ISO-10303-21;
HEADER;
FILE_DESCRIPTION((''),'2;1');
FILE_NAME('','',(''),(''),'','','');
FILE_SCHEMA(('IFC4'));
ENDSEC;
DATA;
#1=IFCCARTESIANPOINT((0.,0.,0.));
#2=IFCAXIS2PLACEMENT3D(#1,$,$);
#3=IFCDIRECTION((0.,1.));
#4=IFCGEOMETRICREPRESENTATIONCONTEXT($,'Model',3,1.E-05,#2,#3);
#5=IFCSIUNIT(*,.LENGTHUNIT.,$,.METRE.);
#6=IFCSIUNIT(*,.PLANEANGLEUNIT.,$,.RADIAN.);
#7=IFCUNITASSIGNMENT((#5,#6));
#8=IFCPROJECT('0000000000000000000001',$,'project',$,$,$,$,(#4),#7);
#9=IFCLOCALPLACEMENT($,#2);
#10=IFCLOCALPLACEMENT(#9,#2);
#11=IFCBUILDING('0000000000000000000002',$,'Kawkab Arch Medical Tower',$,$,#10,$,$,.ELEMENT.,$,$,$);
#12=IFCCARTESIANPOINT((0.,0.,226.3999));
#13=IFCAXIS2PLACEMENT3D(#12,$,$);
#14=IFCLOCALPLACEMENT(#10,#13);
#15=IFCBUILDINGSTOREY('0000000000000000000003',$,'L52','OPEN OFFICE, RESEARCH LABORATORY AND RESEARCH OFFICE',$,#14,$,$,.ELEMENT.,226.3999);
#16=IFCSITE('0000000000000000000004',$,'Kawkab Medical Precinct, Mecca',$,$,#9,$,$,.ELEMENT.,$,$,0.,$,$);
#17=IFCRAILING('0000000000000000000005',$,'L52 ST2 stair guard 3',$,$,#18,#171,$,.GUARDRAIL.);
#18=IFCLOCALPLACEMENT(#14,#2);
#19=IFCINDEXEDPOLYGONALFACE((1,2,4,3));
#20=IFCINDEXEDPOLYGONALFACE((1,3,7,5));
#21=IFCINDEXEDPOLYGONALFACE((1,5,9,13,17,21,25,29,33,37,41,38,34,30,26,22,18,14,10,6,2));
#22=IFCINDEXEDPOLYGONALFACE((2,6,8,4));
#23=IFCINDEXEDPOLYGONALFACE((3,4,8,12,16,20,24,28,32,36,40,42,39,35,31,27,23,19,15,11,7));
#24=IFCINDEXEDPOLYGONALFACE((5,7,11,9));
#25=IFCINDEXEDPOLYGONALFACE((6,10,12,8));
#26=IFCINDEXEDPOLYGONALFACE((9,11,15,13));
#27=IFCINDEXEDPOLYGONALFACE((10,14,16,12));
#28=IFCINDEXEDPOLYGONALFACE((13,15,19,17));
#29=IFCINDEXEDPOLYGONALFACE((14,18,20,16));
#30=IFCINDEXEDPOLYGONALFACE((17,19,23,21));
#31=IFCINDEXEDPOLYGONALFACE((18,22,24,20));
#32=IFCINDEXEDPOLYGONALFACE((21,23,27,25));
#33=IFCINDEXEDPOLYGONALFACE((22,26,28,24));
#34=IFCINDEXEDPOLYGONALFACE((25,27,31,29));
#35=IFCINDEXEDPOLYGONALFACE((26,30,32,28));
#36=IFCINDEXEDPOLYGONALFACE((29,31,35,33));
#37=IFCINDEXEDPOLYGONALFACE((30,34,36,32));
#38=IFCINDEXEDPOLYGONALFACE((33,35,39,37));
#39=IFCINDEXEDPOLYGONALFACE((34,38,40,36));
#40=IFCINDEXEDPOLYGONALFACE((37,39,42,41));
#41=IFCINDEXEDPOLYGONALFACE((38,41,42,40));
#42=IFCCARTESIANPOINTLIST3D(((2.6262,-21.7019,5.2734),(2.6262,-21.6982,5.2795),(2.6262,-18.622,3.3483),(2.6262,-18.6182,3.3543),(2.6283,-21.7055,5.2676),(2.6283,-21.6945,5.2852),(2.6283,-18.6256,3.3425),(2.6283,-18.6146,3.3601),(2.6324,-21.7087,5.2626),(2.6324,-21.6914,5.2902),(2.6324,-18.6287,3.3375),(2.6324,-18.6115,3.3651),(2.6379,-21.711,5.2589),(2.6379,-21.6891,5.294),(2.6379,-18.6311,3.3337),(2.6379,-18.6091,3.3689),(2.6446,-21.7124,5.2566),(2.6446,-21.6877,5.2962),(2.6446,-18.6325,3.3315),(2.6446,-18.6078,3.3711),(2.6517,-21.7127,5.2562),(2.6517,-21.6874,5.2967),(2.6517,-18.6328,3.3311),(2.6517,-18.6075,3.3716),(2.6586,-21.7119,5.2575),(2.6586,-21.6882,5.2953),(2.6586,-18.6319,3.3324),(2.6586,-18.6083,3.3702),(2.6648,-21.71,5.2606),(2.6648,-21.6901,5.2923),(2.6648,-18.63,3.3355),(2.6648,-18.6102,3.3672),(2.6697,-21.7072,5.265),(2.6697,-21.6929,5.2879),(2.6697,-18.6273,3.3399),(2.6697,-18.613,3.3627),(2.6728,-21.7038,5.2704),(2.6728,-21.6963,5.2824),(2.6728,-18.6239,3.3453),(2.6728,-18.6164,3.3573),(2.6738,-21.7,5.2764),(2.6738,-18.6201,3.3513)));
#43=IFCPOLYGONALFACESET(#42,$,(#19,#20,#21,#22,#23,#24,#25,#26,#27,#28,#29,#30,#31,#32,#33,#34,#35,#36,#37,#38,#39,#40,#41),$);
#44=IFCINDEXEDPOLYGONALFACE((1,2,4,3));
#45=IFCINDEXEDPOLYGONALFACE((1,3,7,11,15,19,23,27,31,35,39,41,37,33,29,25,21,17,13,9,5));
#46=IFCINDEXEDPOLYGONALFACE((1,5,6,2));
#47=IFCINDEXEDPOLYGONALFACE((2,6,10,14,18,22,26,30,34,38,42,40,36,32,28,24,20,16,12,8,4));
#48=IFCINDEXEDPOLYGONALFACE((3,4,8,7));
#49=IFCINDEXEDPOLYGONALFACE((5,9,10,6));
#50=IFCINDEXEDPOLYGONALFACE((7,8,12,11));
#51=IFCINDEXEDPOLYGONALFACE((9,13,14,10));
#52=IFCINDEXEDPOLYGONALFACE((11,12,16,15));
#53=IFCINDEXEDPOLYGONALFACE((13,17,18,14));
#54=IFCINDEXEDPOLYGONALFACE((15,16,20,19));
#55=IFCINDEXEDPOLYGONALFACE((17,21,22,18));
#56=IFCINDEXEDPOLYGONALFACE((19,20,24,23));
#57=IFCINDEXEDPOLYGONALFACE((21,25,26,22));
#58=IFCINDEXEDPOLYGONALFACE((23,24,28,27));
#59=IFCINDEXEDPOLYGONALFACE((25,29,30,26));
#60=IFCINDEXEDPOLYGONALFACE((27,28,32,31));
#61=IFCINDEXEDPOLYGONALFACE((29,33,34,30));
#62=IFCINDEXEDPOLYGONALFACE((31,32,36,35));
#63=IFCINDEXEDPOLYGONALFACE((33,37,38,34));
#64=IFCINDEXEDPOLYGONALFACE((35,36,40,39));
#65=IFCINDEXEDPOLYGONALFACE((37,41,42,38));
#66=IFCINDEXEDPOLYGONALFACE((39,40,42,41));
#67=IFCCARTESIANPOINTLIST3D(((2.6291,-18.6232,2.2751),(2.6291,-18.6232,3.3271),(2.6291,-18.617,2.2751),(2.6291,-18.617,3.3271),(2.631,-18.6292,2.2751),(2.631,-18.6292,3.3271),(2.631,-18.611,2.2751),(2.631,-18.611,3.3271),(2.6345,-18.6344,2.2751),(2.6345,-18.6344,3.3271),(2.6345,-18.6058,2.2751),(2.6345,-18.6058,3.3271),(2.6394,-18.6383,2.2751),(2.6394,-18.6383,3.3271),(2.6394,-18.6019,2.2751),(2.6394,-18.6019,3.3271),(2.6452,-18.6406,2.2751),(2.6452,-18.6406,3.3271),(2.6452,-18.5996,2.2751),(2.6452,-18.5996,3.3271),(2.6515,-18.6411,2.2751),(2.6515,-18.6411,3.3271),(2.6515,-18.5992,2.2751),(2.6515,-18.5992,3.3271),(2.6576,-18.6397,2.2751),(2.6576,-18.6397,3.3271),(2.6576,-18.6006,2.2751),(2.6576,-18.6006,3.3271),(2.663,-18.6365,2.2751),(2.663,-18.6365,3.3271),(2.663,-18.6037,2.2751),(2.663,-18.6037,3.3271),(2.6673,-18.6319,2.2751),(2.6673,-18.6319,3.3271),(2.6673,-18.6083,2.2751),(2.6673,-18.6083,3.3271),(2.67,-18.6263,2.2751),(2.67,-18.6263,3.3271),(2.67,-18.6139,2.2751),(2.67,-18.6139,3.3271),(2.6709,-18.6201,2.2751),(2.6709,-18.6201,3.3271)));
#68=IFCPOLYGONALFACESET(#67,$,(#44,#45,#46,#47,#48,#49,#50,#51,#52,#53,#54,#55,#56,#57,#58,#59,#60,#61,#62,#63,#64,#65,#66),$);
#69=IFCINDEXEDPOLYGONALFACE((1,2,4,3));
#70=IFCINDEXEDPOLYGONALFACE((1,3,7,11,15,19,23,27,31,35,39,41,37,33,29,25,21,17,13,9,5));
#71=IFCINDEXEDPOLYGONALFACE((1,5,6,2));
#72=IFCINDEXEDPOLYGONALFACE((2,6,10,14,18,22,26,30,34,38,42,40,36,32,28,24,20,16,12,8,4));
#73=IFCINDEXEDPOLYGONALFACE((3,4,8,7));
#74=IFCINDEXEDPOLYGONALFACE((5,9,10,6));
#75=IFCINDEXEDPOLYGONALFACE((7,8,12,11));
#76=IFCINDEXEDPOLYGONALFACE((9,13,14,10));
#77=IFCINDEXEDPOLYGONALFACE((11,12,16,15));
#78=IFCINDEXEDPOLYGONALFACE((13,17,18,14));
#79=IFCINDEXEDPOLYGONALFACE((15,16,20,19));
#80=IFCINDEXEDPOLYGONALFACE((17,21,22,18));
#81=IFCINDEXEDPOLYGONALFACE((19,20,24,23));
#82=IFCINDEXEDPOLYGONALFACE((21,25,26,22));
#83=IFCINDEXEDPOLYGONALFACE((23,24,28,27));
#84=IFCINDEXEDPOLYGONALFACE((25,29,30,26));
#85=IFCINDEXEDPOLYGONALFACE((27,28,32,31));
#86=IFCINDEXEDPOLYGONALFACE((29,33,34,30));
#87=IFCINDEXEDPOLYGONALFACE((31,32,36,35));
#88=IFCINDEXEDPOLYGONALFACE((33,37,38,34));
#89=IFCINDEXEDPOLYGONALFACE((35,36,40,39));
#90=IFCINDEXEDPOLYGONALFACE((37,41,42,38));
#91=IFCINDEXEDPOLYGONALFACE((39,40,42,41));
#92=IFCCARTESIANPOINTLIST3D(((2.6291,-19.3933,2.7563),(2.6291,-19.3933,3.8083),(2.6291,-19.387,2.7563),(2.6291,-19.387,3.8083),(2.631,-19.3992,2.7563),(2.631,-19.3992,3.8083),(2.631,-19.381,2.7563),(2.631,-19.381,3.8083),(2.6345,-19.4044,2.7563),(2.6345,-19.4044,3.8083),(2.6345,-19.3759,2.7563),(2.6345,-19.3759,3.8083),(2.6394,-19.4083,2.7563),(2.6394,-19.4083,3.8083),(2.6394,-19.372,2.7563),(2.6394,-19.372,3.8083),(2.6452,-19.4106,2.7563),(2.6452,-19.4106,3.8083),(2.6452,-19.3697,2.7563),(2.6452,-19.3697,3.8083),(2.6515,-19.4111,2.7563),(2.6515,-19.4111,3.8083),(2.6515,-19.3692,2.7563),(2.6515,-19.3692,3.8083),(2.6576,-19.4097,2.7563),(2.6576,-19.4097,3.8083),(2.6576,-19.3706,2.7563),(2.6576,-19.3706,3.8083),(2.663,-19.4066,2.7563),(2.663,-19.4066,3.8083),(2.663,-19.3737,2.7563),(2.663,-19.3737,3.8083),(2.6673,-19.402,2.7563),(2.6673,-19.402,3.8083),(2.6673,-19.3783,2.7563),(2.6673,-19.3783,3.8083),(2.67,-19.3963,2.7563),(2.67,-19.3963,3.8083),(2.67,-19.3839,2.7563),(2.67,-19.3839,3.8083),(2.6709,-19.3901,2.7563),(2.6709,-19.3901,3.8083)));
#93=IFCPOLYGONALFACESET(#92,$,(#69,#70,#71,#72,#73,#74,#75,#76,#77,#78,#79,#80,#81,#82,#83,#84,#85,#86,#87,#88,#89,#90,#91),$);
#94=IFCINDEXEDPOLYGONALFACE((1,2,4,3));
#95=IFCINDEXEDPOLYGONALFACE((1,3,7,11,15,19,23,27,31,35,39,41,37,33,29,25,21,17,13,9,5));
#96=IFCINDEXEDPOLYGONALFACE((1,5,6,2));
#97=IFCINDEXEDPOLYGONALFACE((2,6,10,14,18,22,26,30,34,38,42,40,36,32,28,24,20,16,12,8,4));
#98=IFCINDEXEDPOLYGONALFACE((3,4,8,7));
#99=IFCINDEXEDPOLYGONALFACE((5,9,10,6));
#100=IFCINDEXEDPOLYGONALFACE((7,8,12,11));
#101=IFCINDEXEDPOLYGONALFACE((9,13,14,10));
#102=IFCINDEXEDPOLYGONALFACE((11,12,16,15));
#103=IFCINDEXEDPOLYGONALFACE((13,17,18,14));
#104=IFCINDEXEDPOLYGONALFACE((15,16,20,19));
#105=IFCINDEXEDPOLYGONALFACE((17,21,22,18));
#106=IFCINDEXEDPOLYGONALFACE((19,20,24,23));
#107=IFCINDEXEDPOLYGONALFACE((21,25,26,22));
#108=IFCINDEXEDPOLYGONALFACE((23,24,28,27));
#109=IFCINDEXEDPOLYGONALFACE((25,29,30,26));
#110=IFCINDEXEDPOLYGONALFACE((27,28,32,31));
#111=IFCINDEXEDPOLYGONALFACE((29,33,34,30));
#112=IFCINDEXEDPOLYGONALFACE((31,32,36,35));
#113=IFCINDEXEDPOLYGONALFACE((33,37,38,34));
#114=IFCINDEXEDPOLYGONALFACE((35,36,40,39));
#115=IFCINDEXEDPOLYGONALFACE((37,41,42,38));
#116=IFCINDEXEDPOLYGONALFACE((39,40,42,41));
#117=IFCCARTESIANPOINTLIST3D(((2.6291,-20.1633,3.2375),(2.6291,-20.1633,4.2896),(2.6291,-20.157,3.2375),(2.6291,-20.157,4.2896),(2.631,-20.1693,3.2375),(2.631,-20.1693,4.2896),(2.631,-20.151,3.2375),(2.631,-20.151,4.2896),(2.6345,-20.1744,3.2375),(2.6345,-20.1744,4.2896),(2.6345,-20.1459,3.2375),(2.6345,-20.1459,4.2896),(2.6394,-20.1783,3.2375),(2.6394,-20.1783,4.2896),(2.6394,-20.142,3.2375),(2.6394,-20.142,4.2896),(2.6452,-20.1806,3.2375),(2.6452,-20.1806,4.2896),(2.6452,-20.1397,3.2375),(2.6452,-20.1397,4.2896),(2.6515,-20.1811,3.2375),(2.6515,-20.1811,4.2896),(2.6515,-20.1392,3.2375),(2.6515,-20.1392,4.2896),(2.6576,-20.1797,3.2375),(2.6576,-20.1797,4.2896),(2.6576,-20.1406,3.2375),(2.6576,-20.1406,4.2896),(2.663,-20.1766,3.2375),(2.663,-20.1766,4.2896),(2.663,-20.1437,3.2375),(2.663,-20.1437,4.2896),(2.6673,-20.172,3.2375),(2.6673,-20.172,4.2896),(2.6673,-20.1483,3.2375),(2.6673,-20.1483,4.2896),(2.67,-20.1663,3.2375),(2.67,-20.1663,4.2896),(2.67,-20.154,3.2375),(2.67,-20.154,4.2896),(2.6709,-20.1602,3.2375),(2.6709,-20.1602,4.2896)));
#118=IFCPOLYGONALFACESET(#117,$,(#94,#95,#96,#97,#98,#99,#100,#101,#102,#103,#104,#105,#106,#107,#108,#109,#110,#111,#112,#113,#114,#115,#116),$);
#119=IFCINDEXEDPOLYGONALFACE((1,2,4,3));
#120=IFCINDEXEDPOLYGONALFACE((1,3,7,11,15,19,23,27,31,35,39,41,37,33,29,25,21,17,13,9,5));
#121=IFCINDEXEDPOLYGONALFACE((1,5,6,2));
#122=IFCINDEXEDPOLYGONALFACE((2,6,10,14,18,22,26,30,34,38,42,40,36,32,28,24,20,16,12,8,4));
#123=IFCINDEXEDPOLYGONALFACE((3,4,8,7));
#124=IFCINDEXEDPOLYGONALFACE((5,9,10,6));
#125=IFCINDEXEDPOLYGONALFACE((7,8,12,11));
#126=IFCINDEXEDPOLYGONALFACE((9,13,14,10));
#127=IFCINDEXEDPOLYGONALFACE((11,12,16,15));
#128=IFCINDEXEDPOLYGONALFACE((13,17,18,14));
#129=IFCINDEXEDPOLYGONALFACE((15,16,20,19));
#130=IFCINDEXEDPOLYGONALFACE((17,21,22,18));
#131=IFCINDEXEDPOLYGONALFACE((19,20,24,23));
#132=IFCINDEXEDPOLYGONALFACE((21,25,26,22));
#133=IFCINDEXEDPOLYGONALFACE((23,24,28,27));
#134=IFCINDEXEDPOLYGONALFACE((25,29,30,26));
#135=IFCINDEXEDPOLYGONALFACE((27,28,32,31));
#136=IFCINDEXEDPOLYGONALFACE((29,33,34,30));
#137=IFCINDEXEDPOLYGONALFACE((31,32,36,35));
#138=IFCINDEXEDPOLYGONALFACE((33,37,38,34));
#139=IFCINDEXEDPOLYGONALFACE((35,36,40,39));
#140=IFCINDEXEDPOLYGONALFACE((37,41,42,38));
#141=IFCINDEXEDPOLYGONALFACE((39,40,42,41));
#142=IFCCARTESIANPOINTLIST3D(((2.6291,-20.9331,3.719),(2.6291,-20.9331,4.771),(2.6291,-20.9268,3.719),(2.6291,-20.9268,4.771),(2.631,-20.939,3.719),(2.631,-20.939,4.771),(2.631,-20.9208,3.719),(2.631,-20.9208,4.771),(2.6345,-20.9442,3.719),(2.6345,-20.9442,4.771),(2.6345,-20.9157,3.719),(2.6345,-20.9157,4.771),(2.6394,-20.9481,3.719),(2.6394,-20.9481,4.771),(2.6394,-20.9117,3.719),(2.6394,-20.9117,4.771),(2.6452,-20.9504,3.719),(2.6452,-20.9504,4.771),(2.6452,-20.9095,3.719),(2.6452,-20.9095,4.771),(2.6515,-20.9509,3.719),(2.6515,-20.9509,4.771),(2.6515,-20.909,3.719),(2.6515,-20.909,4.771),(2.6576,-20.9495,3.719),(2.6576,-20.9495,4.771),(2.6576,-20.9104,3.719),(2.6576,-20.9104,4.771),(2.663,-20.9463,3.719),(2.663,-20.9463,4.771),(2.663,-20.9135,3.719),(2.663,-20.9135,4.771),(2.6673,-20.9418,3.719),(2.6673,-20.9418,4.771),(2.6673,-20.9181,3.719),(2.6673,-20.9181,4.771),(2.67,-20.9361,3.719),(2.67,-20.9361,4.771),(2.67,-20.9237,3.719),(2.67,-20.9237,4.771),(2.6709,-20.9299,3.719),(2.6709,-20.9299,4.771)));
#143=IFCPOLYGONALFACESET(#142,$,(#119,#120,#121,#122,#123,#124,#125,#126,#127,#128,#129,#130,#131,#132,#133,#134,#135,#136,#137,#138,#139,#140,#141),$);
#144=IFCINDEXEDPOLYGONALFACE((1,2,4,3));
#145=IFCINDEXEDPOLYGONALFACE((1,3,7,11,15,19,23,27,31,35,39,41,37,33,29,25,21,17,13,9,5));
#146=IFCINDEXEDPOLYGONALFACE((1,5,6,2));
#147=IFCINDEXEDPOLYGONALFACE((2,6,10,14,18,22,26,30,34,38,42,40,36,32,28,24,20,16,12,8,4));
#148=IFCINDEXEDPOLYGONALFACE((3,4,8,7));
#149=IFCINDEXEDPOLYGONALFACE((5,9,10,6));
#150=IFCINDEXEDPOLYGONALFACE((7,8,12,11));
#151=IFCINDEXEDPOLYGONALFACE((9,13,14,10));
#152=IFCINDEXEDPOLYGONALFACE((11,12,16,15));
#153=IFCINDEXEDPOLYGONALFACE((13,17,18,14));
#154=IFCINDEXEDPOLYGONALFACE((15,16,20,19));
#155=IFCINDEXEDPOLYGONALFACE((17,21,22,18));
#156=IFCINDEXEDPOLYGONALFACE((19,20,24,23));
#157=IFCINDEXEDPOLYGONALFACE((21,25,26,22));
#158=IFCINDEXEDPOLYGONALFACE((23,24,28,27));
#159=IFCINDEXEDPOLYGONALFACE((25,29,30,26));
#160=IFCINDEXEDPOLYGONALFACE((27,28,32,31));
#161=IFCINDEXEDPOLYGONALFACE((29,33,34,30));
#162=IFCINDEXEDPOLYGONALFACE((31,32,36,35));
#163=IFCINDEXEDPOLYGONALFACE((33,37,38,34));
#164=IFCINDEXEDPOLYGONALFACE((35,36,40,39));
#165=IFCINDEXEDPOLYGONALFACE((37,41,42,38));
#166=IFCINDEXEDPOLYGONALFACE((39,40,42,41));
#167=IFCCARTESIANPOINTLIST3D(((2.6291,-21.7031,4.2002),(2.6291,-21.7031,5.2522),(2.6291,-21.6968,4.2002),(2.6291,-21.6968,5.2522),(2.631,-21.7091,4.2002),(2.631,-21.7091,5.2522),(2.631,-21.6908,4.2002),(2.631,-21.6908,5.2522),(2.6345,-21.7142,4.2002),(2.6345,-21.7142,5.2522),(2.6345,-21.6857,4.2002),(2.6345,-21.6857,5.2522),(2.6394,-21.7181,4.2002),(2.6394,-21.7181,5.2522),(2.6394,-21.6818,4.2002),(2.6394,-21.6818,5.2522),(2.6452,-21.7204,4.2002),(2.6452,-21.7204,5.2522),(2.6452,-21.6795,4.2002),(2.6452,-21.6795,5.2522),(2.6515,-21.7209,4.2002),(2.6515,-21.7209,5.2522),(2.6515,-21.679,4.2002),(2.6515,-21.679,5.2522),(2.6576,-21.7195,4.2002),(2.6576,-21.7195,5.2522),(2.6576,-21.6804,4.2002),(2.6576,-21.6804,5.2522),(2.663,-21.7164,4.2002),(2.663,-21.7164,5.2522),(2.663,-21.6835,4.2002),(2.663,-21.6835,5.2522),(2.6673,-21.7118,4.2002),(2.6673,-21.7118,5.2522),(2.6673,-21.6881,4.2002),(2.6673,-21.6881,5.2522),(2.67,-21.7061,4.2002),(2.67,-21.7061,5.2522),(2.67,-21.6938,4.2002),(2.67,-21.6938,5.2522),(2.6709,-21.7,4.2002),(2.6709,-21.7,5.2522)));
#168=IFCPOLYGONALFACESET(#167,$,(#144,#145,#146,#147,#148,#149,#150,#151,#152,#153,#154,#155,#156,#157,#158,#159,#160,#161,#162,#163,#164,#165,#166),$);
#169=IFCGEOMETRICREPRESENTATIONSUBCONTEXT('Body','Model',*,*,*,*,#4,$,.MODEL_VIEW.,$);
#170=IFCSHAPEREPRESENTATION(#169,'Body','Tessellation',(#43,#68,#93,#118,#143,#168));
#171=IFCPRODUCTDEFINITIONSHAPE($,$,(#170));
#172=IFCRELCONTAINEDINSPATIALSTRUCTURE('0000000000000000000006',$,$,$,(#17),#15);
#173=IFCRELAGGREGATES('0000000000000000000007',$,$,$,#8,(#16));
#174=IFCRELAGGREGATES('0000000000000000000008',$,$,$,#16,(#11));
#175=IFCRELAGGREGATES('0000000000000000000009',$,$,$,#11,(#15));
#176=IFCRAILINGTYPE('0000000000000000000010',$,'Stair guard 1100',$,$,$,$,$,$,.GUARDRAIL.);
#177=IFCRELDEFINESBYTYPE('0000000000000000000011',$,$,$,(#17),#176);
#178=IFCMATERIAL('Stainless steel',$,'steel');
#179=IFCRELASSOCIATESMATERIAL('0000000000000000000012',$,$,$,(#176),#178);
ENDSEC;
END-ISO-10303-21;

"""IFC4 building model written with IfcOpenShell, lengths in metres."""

from ifc_helpers import new_model, si_unit, direction, frame, origin, origin_2d, place, context, subcontext, project, spatial, circle, extrude, material, type_object, element, save


model = new_model("IFC4")

# Units and contexts
model_context = context("Model", 3, precision=1e-05, world=origin(), true_north=direction((0.0, 1.0)))
body_context = subcontext(model_context, "Body", "Model", "MODEL_VIEW")
ifc_project = project(units=[si_unit("LENGTHUNIT", "METRE"), si_unit("PLANEANGLEUNIT", "RADIAN")], contexts=[model_context])

# Site, building, storey
site_placement = place(None, origin())
site = spatial("IfcSite", under=ifc_project, at=site_placement, Name="Kawkab Medical Precinct, Mecca", CompositionType="ELEMENT", RefElevation=0.0)
building_placement = place(site_placement, origin())
building = spatial("IfcBuilding", under=site, at=building_placement, Name="Kawkab Arch Medical Tower", CompositionType="ELEMENT")
storey_placement = place(building_placement, frame((0.0, 0.0, 226.3999)))
storey = spatial("IfcBuildingStorey", under=building, at=storey_placement, Name="L52", Description="OPEN OFFICE, RESEARCH LABORATORY AND RESEARCH OFFICE", CompositionType="ELEMENT", Elevation=226.3999)

# Railing
ifc_material_1 = material(Name="Stainless steel", Category="steel")
railing_type_1 = type_object("IfcRailingType", Name="Stair guard 1100", PredefinedType="GUARDRAIL", material=ifc_material_1)
railing_1_placement = place(storey_placement, frame((2.6499, -18.6201, 2.2751)))
element("IfcRailing", 1, at=railing_1_placement, inside=storey, type_object=railing_type_1, Name="L52 ST2 stair guard 3", PredefinedType="GUARDRAIL", context=body_context, shape_type="SweptSolid", body=[
    extrude(circle(Radius=0.0239, at=origin_2d()), frame((0.0, 0.0, 1.0762), z_axis=(0.0, -0.847979, 0.530029), x_axis=(1.0, 0.0, 0.0)), (0.0, 0.0, 1.0), 3.6321),
    extrude(circle(Radius=0.021, at=origin_2d()), origin(), (0.0, 0.0, 1.0), 1.052),
    extrude(circle(Radius=0.021, at=origin_2d()), frame((0.0, -0.77, 0.4812)), (0.0, 0.0, 1.0), 1.052),
    extrude(circle(Radius=0.021, at=origin_2d()), frame((0.0, -1.54, 0.9624)), (0.0, 0.0, 1.0), 1.052),
    extrude(circle(Radius=0.021, at=origin_2d()), frame((0.0, -2.3098, 1.4438)), (0.0, 0.0, 1.0), 1.052),
    extrude(circle(Radius=0.021, at=origin_2d()), frame((0.0, -3.0798, 1.925)), (0.0, 0.0, 1.0), 1.052),
])

save(model, "model.ifc")
